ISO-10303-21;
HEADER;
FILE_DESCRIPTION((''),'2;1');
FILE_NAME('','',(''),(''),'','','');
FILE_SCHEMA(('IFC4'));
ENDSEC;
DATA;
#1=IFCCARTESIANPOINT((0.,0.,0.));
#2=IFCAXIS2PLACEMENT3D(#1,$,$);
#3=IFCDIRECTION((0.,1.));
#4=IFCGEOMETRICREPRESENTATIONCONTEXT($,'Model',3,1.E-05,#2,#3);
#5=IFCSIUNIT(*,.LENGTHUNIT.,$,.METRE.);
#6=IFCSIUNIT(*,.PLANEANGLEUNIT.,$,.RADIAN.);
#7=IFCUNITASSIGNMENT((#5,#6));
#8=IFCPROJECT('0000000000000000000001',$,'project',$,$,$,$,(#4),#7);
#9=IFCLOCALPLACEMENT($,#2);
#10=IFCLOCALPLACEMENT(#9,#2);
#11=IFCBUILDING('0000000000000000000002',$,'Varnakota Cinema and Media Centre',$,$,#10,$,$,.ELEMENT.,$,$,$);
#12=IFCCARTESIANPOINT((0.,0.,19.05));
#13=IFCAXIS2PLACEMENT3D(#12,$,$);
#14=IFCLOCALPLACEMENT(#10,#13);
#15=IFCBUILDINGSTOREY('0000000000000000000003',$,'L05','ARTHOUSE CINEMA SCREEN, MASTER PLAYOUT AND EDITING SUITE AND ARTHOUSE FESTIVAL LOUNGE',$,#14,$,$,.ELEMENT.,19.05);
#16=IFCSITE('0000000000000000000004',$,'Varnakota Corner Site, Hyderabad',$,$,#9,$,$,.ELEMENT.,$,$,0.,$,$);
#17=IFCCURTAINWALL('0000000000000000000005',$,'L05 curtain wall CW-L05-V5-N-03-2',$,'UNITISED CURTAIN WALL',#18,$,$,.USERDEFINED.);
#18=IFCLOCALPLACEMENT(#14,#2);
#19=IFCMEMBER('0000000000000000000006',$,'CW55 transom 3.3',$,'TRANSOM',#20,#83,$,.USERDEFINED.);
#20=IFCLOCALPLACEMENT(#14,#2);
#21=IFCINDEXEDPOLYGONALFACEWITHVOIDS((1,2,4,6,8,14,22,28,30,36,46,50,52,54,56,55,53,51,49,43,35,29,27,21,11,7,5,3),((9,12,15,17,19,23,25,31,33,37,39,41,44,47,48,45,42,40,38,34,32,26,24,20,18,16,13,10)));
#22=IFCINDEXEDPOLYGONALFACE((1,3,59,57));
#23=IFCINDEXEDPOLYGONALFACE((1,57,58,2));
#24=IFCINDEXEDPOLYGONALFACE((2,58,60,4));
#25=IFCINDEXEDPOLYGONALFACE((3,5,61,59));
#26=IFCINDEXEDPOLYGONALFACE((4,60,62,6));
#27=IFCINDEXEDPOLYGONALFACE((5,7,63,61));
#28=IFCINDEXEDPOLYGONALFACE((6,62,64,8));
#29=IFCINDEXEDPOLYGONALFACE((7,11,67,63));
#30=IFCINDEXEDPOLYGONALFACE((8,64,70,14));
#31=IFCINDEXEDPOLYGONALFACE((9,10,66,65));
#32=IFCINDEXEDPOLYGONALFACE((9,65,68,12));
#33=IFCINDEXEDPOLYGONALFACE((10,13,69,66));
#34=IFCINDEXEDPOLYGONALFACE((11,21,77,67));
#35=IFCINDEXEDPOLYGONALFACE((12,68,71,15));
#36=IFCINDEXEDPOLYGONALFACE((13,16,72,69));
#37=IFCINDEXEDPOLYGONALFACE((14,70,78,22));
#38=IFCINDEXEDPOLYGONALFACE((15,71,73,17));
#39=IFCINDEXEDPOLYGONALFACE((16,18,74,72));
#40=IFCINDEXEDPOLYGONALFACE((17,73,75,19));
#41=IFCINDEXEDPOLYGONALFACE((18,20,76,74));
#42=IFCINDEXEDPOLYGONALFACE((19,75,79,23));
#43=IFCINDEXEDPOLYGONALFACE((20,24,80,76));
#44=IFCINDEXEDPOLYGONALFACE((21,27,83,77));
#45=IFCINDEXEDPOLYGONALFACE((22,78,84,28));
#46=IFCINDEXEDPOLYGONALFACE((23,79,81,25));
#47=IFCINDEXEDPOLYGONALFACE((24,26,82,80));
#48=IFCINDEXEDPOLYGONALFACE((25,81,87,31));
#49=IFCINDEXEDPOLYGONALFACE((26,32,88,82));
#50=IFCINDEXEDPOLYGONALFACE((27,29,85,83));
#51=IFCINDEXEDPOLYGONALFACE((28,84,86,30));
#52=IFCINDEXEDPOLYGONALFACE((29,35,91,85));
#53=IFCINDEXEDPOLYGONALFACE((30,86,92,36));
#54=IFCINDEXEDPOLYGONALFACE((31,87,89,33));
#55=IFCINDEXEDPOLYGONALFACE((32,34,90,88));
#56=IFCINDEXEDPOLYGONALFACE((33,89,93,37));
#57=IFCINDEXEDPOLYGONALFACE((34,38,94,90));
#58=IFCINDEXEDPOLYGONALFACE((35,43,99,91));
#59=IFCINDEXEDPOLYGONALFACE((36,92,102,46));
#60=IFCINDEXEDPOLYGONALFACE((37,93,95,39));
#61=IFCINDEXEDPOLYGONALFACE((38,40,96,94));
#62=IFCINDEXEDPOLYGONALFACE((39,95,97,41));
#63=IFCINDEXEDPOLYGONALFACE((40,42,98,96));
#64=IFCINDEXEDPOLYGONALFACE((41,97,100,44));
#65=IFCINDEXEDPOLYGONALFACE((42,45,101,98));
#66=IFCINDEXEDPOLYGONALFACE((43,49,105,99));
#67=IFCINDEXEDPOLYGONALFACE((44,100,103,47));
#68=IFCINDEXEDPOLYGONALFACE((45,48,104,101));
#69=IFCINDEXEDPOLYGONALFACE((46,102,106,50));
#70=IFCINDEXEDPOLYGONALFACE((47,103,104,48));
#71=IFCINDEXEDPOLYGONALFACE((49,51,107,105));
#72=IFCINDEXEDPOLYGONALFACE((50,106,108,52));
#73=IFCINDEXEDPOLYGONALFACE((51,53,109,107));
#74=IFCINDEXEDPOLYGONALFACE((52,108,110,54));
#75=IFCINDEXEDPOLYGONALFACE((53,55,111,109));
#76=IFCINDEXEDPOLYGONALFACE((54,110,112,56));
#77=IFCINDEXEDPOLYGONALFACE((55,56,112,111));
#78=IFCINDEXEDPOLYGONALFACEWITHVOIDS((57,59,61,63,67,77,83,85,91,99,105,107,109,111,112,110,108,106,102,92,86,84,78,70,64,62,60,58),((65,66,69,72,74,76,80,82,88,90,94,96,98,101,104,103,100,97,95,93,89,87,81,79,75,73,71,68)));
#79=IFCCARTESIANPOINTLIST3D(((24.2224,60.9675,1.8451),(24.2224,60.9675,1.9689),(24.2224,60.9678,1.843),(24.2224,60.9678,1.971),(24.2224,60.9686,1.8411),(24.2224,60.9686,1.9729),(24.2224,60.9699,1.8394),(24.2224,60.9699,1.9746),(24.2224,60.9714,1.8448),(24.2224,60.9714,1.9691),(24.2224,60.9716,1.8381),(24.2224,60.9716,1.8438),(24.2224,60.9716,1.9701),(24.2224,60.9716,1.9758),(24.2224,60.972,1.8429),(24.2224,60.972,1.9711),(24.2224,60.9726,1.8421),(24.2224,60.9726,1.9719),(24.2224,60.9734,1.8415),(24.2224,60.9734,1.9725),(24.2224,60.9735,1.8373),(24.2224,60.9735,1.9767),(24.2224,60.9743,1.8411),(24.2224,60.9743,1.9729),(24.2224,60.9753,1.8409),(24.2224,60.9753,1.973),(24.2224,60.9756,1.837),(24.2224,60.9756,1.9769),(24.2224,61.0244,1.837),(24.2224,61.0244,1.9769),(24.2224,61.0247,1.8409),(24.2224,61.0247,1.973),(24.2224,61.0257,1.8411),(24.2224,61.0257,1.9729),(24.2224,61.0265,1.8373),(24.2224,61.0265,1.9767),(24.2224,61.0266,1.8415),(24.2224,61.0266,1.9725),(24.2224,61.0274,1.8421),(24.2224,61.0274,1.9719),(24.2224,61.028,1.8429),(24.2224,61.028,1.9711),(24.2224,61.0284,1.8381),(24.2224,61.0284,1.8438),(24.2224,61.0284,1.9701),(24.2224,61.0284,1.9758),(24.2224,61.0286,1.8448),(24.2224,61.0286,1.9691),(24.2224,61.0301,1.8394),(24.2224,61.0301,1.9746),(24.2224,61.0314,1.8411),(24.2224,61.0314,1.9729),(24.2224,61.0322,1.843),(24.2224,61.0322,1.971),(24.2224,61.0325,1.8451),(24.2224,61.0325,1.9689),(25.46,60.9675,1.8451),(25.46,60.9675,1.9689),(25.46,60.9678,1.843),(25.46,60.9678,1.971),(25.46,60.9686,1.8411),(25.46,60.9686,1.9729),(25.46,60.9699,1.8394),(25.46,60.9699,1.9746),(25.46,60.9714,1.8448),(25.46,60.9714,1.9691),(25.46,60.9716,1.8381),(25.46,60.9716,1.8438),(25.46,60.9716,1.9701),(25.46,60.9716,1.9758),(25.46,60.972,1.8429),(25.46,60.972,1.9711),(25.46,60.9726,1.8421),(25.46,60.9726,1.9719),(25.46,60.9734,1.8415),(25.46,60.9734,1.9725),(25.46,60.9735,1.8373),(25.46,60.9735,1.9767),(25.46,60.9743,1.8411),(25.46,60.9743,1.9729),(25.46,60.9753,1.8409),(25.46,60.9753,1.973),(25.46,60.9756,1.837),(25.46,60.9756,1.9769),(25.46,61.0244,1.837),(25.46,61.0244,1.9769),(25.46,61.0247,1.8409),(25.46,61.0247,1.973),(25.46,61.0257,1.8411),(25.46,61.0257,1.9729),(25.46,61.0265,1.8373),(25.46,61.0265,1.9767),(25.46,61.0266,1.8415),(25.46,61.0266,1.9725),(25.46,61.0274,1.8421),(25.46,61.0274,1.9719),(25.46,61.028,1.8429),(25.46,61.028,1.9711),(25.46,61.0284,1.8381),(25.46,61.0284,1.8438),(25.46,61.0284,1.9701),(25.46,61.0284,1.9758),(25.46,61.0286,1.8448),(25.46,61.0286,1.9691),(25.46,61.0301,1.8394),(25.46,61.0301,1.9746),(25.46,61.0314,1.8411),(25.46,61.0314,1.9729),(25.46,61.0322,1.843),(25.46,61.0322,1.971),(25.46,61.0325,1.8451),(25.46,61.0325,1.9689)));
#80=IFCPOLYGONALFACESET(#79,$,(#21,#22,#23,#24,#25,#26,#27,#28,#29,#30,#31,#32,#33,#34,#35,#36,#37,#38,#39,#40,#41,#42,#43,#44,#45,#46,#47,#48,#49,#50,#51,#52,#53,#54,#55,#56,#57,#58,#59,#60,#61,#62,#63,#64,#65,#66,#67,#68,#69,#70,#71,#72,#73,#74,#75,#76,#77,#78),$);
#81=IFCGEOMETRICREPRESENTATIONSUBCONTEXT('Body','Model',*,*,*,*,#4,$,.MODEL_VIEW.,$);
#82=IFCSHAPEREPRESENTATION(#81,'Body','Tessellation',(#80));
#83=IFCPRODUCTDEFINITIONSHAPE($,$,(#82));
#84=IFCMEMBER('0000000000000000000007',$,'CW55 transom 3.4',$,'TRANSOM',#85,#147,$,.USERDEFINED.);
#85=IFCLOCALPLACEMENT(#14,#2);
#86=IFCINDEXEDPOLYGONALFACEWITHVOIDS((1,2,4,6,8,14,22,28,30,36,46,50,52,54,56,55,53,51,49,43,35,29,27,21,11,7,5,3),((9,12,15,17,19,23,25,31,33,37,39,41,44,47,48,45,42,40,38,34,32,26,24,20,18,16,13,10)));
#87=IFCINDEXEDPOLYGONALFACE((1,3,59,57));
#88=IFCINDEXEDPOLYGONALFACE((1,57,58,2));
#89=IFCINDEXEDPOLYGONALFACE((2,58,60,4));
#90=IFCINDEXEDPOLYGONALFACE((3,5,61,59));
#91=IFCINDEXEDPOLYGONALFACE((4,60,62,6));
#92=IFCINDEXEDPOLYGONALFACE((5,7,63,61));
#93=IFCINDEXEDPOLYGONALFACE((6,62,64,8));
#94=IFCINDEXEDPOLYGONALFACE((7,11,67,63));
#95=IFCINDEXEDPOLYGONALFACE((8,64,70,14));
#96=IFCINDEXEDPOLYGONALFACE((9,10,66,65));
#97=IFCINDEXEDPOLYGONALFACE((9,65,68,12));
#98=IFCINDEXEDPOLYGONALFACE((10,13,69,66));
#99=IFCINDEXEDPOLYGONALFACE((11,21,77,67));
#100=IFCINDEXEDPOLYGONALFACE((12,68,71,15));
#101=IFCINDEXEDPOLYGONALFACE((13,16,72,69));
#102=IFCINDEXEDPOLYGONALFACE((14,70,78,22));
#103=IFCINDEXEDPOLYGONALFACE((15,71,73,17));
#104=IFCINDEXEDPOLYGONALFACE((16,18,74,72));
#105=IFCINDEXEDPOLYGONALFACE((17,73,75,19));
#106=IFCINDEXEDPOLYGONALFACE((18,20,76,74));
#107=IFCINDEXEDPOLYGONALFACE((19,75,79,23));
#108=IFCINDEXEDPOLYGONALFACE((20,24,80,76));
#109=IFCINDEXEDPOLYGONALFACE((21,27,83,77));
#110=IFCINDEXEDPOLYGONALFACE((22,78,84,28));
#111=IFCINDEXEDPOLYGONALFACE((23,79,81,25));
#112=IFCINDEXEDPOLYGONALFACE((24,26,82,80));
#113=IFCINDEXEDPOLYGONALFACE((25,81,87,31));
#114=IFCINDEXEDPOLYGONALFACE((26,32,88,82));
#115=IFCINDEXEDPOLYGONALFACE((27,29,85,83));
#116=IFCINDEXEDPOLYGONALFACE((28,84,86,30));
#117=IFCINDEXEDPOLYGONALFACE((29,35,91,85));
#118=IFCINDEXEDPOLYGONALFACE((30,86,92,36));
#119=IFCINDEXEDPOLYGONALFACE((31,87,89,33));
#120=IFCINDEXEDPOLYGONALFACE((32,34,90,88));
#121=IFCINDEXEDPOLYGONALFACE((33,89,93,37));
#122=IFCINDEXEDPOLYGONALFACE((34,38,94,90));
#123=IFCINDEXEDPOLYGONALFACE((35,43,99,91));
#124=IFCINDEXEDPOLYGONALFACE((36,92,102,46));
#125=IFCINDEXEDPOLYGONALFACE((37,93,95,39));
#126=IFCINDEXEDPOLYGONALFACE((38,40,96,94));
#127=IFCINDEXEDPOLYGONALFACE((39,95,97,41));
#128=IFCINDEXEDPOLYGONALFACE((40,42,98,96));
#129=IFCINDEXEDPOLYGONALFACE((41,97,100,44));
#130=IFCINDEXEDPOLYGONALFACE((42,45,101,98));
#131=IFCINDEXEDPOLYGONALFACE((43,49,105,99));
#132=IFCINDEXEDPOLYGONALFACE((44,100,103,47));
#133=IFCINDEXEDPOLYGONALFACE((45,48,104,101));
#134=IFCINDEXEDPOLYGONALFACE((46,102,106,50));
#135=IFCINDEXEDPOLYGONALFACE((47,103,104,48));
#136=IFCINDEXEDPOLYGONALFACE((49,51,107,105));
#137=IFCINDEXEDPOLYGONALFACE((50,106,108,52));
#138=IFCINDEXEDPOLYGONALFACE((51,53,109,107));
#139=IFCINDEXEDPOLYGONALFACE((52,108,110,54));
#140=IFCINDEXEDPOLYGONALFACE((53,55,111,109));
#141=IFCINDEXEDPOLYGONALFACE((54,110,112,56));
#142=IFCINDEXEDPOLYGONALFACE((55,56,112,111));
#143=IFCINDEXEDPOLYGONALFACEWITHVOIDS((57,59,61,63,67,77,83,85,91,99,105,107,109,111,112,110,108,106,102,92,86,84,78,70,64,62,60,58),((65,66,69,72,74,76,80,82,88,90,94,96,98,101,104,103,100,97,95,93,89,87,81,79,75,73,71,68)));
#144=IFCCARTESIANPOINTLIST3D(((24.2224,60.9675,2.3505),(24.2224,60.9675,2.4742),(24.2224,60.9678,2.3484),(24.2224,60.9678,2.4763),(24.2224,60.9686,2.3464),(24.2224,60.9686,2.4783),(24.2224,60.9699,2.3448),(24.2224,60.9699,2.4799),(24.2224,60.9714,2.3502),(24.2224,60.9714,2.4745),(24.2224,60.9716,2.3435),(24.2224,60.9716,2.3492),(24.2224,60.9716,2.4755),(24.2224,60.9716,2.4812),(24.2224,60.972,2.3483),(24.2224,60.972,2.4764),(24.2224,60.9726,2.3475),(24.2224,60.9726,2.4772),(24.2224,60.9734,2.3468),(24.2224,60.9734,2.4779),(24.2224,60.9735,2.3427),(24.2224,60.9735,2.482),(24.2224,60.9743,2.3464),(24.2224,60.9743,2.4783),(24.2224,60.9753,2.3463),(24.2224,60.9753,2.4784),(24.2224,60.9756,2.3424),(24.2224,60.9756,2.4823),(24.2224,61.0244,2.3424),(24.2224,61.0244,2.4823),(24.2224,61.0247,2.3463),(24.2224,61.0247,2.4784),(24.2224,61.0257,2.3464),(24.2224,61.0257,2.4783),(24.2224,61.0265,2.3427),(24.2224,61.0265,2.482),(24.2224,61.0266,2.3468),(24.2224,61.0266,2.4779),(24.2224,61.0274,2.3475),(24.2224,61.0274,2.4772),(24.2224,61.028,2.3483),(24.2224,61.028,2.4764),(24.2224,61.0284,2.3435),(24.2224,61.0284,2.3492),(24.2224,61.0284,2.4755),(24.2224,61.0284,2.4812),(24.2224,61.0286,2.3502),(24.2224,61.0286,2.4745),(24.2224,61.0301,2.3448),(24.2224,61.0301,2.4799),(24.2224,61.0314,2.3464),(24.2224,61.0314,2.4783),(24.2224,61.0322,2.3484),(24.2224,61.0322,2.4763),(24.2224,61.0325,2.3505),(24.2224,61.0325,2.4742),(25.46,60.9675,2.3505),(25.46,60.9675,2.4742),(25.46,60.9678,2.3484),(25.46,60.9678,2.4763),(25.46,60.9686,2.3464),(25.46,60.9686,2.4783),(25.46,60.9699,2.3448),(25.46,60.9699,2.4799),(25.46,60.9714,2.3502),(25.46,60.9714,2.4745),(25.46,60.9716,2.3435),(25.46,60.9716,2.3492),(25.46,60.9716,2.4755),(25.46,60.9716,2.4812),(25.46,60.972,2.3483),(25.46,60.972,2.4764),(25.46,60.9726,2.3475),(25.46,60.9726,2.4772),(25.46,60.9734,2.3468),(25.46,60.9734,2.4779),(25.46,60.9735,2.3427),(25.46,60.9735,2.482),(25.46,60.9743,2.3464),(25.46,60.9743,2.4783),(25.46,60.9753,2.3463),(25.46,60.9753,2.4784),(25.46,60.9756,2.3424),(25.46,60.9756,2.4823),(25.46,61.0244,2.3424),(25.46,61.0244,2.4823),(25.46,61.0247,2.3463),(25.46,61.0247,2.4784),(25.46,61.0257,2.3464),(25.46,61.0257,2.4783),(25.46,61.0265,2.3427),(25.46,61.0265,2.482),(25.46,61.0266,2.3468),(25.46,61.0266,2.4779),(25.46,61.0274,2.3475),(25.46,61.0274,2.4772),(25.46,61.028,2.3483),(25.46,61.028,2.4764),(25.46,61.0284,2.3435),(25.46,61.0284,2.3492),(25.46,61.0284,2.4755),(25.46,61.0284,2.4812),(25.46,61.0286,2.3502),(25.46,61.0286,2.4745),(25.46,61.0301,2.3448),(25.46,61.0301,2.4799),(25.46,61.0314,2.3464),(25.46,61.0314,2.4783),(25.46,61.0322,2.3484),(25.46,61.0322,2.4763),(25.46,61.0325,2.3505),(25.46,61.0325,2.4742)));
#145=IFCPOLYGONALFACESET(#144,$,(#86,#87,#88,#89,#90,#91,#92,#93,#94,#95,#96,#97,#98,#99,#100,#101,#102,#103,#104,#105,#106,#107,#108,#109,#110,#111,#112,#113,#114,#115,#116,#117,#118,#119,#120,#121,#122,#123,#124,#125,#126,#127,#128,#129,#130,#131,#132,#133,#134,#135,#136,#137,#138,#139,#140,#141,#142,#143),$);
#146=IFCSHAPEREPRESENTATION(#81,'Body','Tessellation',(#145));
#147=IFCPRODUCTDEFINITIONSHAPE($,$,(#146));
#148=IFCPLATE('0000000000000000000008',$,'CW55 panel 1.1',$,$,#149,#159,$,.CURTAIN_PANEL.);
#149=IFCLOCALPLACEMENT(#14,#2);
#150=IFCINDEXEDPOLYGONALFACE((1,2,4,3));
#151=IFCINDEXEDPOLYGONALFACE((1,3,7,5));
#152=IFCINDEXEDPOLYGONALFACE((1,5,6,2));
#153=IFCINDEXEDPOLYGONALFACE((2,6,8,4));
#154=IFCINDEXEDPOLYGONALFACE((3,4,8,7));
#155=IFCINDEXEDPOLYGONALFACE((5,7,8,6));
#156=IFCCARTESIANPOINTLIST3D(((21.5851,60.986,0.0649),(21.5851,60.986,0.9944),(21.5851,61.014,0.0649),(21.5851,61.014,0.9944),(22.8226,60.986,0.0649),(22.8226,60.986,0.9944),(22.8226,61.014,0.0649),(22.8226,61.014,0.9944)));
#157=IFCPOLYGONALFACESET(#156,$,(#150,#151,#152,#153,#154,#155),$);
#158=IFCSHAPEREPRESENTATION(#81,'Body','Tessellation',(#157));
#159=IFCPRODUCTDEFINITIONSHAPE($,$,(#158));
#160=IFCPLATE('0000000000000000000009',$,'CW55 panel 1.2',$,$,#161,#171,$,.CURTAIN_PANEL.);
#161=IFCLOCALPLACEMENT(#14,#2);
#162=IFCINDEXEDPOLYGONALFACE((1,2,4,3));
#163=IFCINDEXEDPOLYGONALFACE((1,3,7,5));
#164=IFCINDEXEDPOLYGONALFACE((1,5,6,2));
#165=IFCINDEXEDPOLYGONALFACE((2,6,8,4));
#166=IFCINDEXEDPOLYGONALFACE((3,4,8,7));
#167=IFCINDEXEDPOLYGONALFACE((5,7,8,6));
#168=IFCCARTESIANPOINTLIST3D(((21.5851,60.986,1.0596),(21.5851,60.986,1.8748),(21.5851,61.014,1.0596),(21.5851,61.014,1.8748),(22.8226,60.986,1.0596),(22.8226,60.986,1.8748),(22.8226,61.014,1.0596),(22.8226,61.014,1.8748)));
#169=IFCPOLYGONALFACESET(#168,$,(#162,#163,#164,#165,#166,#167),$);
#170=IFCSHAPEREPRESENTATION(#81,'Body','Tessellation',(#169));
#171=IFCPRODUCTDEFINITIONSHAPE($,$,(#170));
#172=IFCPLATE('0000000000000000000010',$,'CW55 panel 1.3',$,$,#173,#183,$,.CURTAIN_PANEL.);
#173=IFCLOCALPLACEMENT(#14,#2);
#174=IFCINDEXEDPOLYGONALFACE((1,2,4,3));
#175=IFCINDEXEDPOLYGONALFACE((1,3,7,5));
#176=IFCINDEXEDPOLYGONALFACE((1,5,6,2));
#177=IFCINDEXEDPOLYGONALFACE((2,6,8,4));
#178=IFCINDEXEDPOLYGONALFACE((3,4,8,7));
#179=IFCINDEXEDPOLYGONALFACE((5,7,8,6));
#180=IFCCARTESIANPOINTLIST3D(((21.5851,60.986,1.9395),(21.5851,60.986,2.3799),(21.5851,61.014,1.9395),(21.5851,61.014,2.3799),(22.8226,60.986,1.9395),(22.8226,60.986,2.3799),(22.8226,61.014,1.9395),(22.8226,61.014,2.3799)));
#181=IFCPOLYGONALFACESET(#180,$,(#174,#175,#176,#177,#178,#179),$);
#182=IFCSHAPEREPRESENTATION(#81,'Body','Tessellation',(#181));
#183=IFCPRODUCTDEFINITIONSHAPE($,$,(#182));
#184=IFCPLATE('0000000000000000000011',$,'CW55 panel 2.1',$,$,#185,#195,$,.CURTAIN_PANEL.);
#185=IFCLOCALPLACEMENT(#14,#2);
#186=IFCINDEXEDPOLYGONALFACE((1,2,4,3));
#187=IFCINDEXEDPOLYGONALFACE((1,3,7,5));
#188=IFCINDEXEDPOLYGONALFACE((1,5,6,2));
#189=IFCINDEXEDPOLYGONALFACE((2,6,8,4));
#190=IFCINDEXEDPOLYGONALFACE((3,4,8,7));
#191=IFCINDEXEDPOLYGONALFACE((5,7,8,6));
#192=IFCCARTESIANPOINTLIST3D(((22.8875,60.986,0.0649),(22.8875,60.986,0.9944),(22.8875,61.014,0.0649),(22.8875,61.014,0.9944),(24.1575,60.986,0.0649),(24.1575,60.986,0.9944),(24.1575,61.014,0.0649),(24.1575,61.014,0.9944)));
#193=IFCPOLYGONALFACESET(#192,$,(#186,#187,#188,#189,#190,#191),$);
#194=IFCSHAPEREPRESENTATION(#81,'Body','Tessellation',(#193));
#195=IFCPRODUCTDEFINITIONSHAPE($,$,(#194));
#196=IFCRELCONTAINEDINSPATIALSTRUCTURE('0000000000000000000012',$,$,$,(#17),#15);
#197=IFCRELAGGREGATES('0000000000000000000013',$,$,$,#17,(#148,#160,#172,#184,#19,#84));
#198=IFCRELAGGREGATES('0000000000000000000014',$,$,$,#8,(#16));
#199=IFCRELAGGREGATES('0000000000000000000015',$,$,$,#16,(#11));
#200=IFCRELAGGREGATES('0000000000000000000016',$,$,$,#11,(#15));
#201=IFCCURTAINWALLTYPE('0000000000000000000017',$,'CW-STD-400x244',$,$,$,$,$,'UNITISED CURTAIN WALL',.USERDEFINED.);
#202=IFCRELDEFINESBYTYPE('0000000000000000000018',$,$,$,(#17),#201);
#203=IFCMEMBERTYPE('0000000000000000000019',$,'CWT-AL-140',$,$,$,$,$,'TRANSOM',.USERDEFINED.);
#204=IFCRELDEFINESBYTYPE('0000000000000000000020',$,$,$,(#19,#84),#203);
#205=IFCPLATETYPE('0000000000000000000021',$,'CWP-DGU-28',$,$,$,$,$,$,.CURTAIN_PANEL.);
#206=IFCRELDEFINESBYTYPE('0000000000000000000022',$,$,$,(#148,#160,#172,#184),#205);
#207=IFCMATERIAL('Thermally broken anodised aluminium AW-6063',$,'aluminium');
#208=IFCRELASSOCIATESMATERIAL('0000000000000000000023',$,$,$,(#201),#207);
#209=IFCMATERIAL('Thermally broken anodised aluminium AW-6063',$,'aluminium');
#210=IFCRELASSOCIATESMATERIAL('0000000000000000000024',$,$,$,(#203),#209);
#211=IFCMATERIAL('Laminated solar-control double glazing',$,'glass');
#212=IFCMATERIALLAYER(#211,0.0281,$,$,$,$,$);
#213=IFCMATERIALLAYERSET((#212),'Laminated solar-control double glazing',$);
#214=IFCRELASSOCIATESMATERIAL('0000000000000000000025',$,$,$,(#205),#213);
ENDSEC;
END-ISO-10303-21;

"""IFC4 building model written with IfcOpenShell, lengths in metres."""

from ifc_helpers import new_model, si_unit, direction, frame, origin, origin_2d, place, context, subcontext, project, spatial, rectangle, hollow_rectangle, extrude, material, layer, layer_set, material_profile, profile_set, type_object, element, aggregate, save


model = new_model("IFC4")

# Units and contexts
model_context = context("Model", 3, precision=1e-05, world=origin(), true_north=direction((0.0, 1.0)))
body_context = subcontext(model_context, "Body", "Model", "MODEL_VIEW")
ifc_project = project(units=[si_unit("LENGTHUNIT", "METRE"), si_unit("PLANEANGLEUNIT", "RADIAN")], contexts=[model_context])

# Site, building, storey
site_placement = place(None, origin())
site = spatial("IfcSite", under=ifc_project, at=site_placement, Name="Varnakota Corner Site, Hyderabad", CompositionType="ELEMENT", RefElevation=0.0)
building_placement = place(site_placement, origin())
building = spatial("IfcBuilding", under=site, at=building_placement, Name="Varnakota Cinema and Media Centre", CompositionType="ELEMENT")
storey_placement = place(building_placement, frame((0.0, 0.0, 19.05)))
storey = spatial("IfcBuildingStorey", under=building, at=storey_placement, Name="L05", Description="ARTHOUSE CINEMA SCREEN, MASTER PLAYOUT AND EDITING SUITE AND ARTHOUSE FESTIVAL LOUNGE", CompositionType="ELEMENT", Elevation=19.05)

# Curtain wall, members, plates
ifc_material_1 = material(Name="Thermally broken anodised aluminium AW-6063", Category="aluminium")
curtain_wall_type = type_object("IfcCurtainWallType", Name="CW-STD-400x244", ElementType="UNITISED CURTAIN WALL", PredefinedType="USERDEFINED", material=ifc_material_1)
curtain_wall_placement = place(storey_placement, origin())
curtain_wall = element("IfcCurtainWall", 1, at=curtain_wall_placement, inside=storey, type_object=curtain_wall_type, Name="L05 curtain wall CW-L05-V5-N-03-2", ObjectType="UNITISED CURTAIN WALL", PredefinedType="USERDEFINED")
ifc_material_2 = material(Name="Thermally broken anodised aluminium AW-6063", Category="aluminium")
ifc_material_profile_1 = material_profile(ifc_material_2, hollow_rectangle(XDim=0.0649, YDim=0.1399, WallThickness=0.0039, InnerFilletRadius=0.0039, OuterFilletRadius=0.0081, at=origin_2d()), Name="AL-TRANSOM 140x65x4")
ifc_profile_set_1 = profile_set([ifc_material_profile_1], Name="Thermally broken anodised aluminium AW-6063")
member_type_1 = type_object("IfcMemberType", Name="CWT-AL-140", ElementType="TRANSOM", PredefinedType="USERDEFINED", material=ifc_profile_set_1)
member_1_placement = place(storey_placement, frame((24.2224, 61.0, 1.907), z_axis=(1.0, 0.0, 0.0), x_axis=(0.0, 1.0, 0.0)))
member_1 = element("IfcMember", 2, at=member_1_placement, type_object=member_type_1, Name="CW55 transom 3.3", ObjectType="TRANSOM", PredefinedType="USERDEFINED", context=body_context, shape_type="SweptSolid", body=[
    extrude(hollow_rectangle(XDim=0.0649, YDim=0.1399, WallThickness=0.0039, InnerFilletRadius=0.0039, OuterFilletRadius=0.0081, at=origin_2d()), origin(), (0.0, 0.0, 1.0), 1.2375),
])
member_2_placement = place(storey_placement, frame((24.2224, 61.0, 2.4124), z_axis=(1.0, 0.0, 0.0), x_axis=(0.0, 1.0, 0.0)))
member_2 = element("IfcMember", 3, at=member_2_placement, type_object=member_type_1, Name="CW55 transom 3.4", ObjectType="TRANSOM", PredefinedType="USERDEFINED", context=body_context, shape_type="SweptSolid", body=[
    extrude(hollow_rectangle(XDim=0.0649, YDim=0.1399, WallThickness=0.0039, InnerFilletRadius=0.0039, OuterFilletRadius=0.0081, at=origin_2d()), origin(), (0.0, 0.0, 1.0), 1.2375),
])
ifc_material_3 = material(Name="Laminated solar-control double glazing", Category="glass")
ifc_layer = layer(ifc_material_3, 0.0281)
ifc_layer_set = layer_set([ifc_layer], Name="Laminated solar-control double glazing")
plate_type = type_object("IfcPlateType", Name="CWP-DGU-28", PredefinedType="CURTAIN_PANEL", material=ifc_layer_set)
plate_1_placement = place(storey_placement, frame((22.2039, 61.0, 0.0649), z_axis=(0.0, 0.0, 1.0), x_axis=(1.0, 0.0, 0.0)))
plate_1 = element("IfcPlate", 4, at=plate_1_placement, type_object=plate_type, Name="CW55 panel 1.1", PredefinedType="CURTAIN_PANEL", context=body_context, shape_type="SweptSolid", body=[
    extrude(rectangle(XDim=1.2375, YDim=0.0281, at=origin_2d()), origin(), (0.0, 0.0, 1.0), 0.9294),
])
plate_2_placement = place(storey_placement, frame((22.2039, 61.0, 1.0596), z_axis=(0.0, 0.0, 1.0), x_axis=(1.0, 0.0, 0.0)))
plate_2 = element("IfcPlate", 5, at=plate_2_placement, type_object=plate_type, Name="CW55 panel 1.2", PredefinedType="CURTAIN_PANEL", context=body_context, shape_type="SweptSolid", body=[
    extrude(rectangle(XDim=1.2375, YDim=0.0281, at=origin_2d()), origin(), (0.0, 0.0, 1.0), 0.8152),
])
plate_3_placement = place(storey_placement, frame((22.2039, 61.0, 1.9395), z_axis=(0.0, 0.0, 1.0), x_axis=(1.0, 0.0, 0.0)))
plate_3 = element("IfcPlate", 6, at=plate_3_placement, type_object=plate_type, Name="CW55 panel 1.3", PredefinedType="CURTAIN_PANEL", context=body_context, shape_type="SweptSolid", body=[
    extrude(rectangle(XDim=1.2375, YDim=0.0281, at=origin_2d()), origin(), (0.0, 0.0, 1.0), 0.4404),
])
plate_4_placement = place(storey_placement, frame((23.5225, 61.0, 0.0649), z_axis=(0.0, 0.0, 1.0), x_axis=(1.0, 0.0, 0.0)))
plate_4 = element("IfcPlate", 7, at=plate_4_placement, type_object=plate_type, Name="CW55 panel 2.1", PredefinedType="CURTAIN_PANEL", context=body_context, shape_type="SweptSolid", body=[
    extrude(rectangle(XDim=1.27, YDim=0.0281, at=origin_2d()), origin(), (0.0, 0.0, 1.0), 0.9294),
])
aggregate(curtain_wall, [plate_1, plate_2, plate_3, plate_4, member_1, member_2])

save(model, "model.ifc")
